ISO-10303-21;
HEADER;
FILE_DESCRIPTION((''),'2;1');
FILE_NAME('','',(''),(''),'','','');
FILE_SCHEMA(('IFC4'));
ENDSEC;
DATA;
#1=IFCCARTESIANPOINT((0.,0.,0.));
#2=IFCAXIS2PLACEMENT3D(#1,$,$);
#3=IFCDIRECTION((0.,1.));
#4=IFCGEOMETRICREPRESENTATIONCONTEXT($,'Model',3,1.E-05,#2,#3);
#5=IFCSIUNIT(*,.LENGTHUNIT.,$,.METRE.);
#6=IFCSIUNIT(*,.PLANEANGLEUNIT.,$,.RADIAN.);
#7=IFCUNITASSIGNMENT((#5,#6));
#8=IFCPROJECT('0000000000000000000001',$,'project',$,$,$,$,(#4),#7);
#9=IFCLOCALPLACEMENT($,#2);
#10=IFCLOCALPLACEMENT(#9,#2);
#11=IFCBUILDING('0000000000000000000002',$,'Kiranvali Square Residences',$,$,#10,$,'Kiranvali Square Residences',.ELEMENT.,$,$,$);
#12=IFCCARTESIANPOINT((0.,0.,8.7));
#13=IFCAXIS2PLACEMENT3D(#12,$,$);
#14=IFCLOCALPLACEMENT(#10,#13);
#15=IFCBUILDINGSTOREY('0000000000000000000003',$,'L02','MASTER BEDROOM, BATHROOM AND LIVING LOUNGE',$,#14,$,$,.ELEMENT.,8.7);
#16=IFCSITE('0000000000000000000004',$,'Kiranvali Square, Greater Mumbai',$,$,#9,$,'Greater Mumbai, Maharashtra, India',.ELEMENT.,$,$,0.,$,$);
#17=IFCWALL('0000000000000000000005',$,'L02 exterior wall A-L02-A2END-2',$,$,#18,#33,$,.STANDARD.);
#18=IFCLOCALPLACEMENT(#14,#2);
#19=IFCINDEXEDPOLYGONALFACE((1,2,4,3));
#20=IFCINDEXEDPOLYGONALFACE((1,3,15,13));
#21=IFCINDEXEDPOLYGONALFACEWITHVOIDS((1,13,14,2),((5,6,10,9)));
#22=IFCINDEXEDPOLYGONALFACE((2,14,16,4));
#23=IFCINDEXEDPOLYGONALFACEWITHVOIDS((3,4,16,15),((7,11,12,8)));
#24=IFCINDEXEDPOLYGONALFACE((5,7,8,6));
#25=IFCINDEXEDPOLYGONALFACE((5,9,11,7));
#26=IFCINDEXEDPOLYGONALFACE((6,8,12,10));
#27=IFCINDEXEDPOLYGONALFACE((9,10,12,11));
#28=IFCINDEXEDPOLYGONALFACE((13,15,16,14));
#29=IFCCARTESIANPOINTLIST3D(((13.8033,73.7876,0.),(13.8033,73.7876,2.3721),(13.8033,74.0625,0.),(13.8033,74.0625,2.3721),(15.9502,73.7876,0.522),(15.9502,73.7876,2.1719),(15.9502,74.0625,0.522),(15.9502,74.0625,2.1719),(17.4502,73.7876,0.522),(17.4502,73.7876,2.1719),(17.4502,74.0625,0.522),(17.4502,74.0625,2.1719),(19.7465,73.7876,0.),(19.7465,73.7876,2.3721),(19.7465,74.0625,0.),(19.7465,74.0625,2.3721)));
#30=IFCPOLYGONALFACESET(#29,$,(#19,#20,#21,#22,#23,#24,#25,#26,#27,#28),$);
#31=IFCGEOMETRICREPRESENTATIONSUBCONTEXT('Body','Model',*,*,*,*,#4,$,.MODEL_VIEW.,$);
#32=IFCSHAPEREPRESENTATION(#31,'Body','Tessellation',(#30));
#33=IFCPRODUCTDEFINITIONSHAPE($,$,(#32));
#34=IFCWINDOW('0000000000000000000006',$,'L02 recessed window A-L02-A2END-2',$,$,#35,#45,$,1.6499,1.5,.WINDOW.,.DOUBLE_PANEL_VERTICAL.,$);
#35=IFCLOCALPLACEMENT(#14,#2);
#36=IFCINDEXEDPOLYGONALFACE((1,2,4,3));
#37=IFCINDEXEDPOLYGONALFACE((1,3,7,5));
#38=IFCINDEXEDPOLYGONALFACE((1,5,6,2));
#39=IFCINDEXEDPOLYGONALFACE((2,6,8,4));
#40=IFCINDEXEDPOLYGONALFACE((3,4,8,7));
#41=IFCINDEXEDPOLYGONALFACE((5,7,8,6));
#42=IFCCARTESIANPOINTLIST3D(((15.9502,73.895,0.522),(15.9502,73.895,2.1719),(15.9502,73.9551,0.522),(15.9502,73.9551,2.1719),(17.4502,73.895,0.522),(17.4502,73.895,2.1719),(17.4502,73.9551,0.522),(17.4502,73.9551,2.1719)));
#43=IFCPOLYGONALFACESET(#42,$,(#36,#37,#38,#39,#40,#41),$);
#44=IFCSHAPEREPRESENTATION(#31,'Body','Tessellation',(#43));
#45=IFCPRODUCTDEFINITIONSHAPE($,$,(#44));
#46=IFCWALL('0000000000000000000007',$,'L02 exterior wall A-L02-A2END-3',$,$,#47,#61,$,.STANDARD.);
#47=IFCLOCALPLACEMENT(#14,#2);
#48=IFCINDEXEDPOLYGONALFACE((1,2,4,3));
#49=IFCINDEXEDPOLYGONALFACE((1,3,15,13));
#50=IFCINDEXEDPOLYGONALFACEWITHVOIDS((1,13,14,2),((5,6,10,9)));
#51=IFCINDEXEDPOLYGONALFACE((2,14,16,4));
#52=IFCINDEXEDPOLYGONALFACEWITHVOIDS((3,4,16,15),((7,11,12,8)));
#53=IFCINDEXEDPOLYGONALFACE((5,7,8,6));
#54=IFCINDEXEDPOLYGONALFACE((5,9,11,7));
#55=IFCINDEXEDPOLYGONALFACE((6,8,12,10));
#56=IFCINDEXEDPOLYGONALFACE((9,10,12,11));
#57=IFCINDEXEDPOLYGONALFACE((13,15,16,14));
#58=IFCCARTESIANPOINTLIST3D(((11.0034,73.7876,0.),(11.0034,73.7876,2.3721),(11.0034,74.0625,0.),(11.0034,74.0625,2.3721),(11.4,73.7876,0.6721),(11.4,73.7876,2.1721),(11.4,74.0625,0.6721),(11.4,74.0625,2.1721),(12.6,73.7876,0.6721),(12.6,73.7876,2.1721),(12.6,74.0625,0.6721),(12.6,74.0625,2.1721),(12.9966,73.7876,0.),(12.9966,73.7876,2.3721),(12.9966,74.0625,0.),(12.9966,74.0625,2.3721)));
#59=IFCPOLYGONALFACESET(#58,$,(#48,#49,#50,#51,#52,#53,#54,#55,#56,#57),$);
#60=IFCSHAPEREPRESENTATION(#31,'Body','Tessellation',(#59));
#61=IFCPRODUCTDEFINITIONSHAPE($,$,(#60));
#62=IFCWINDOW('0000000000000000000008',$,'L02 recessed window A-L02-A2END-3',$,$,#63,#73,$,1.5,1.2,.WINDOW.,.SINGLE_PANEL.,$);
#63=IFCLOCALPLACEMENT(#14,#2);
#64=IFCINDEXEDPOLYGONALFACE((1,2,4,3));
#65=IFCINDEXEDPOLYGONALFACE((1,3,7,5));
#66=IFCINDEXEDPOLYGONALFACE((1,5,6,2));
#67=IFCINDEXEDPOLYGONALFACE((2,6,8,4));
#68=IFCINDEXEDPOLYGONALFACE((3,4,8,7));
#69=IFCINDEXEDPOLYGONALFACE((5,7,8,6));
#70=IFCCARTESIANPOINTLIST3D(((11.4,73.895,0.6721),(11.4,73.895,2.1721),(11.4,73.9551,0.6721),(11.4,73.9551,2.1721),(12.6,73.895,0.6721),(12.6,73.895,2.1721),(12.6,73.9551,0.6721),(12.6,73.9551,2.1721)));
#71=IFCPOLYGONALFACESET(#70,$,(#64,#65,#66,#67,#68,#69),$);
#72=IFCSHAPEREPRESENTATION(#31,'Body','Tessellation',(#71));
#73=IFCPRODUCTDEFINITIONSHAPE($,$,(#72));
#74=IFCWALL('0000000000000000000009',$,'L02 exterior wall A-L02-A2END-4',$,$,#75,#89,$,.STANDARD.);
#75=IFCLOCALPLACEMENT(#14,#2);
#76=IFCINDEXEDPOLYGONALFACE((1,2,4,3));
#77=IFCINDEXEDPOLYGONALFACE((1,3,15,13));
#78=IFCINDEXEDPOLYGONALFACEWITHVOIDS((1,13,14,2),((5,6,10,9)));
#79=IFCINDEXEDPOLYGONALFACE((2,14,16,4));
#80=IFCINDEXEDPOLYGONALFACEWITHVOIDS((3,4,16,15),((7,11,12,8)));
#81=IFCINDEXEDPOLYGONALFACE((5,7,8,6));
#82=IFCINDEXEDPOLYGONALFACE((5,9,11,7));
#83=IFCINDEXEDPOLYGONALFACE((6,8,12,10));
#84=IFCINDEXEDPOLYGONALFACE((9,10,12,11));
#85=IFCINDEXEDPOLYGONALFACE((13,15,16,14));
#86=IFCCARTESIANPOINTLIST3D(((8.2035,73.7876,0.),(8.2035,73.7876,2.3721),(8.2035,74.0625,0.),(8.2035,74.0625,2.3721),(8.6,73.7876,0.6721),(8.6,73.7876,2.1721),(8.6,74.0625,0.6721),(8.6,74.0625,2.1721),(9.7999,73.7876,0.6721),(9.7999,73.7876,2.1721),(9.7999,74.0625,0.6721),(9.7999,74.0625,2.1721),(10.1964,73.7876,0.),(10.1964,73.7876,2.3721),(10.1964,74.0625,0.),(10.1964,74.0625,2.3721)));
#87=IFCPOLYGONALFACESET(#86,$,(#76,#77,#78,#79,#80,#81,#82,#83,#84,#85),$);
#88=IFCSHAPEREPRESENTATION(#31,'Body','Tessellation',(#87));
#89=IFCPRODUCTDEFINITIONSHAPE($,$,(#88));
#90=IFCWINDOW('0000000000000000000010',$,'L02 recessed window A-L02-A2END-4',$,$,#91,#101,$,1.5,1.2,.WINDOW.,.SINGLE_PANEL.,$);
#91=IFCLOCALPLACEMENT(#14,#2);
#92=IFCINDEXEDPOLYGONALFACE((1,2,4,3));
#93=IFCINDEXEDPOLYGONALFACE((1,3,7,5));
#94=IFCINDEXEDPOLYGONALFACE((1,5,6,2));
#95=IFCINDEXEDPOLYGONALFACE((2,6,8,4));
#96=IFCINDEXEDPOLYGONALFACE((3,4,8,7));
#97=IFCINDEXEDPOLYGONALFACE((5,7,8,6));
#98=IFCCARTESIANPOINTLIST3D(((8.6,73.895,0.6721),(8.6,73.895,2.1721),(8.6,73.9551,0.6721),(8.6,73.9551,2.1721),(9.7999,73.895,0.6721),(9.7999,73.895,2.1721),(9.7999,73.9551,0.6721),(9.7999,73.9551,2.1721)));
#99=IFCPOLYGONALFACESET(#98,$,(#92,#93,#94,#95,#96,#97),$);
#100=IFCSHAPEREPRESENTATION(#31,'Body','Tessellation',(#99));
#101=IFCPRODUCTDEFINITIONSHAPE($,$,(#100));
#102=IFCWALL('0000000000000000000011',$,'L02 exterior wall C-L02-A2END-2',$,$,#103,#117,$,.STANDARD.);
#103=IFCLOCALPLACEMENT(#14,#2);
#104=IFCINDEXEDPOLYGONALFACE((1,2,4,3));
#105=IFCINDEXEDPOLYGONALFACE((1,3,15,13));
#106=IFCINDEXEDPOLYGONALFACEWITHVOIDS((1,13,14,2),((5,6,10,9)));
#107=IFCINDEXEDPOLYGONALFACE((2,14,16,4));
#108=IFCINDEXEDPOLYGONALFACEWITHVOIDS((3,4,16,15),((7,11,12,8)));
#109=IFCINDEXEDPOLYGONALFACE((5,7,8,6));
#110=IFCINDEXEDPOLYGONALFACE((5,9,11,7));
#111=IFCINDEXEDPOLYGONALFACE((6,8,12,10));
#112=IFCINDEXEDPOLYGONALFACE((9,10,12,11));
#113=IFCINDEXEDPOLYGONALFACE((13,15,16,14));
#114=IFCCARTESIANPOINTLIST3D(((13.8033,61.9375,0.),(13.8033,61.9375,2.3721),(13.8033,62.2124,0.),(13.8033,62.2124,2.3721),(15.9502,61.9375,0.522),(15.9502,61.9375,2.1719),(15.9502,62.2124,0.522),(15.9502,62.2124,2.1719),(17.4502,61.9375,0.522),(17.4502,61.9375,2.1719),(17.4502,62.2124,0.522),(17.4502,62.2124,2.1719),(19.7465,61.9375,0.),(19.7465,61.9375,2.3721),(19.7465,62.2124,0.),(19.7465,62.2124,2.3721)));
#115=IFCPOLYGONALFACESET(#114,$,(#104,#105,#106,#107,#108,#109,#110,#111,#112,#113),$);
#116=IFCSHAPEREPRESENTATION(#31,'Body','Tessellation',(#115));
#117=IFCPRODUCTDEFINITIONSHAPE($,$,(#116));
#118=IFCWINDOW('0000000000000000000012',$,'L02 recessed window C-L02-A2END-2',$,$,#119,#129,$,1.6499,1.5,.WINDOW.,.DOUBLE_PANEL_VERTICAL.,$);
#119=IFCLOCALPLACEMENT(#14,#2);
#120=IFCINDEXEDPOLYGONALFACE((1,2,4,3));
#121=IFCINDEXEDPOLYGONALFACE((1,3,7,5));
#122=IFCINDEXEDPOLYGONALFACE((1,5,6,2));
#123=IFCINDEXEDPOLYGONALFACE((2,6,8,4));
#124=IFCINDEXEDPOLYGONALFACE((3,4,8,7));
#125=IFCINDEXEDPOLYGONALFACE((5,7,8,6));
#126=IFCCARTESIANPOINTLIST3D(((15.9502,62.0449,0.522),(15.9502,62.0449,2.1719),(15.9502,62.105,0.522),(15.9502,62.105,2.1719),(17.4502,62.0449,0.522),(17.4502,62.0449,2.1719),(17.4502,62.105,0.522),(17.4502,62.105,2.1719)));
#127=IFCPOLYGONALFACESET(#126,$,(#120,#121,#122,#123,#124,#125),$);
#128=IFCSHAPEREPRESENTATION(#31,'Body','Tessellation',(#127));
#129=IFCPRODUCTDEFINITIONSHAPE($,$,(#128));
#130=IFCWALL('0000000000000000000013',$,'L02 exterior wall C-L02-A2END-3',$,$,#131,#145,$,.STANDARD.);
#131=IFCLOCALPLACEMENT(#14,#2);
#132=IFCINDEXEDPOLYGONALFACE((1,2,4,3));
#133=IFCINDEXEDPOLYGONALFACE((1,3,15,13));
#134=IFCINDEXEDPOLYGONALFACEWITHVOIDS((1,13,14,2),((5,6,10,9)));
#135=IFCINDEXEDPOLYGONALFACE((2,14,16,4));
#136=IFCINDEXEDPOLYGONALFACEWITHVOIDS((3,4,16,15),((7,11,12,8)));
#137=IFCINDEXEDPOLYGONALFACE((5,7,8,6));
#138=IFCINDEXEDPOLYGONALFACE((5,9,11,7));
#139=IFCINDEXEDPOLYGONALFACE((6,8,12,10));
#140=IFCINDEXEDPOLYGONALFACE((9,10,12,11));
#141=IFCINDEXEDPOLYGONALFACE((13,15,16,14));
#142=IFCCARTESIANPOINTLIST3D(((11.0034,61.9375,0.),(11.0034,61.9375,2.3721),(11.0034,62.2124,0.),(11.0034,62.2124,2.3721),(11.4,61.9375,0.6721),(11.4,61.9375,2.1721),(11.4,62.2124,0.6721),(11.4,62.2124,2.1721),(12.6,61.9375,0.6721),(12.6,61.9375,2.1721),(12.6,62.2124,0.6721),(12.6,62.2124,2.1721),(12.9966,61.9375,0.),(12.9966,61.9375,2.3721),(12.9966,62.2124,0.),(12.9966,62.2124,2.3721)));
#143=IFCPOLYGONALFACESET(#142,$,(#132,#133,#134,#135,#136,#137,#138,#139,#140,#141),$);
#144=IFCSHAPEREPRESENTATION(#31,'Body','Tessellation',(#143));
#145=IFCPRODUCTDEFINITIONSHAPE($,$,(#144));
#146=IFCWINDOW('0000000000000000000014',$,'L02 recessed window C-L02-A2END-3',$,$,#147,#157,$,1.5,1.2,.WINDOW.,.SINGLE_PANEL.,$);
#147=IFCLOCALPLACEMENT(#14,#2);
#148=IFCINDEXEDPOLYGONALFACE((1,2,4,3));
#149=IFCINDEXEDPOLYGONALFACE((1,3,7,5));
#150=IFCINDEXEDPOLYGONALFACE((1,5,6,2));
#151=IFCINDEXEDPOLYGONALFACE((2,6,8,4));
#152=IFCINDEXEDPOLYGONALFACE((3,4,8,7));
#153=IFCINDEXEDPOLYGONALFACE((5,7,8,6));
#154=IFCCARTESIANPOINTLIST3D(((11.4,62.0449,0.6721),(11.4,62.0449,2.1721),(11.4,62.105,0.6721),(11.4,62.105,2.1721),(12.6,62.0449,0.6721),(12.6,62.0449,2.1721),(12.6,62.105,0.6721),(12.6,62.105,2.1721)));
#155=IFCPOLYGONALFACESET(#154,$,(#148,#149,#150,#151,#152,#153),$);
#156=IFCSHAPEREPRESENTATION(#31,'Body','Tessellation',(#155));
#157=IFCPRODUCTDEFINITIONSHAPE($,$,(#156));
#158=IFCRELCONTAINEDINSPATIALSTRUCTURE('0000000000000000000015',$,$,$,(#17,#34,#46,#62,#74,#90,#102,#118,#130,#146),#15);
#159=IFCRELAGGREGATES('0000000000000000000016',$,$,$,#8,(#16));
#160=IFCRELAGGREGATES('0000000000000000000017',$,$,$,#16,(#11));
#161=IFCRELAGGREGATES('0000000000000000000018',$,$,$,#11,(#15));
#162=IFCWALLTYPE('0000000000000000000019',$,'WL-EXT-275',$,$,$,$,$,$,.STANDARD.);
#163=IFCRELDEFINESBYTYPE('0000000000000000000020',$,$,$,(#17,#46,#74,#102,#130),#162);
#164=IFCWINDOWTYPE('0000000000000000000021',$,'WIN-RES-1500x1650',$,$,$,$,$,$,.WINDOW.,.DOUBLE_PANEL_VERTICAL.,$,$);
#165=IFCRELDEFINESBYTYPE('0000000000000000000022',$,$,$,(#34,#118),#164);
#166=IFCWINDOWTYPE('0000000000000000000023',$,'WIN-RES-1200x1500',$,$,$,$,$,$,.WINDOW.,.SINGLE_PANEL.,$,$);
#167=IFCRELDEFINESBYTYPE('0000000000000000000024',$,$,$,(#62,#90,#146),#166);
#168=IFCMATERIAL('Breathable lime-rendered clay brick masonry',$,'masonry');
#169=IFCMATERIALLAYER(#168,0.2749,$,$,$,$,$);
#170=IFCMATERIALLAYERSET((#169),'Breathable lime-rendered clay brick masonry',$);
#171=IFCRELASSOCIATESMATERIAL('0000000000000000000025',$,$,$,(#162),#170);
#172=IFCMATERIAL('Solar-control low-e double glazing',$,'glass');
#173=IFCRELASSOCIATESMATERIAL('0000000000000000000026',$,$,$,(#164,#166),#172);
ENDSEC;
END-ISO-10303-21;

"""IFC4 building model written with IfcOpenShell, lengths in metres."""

from ifc_helpers import new_model, si_unit, direction, frame, frame_2d, origin, place, context, subcontext, project, spatial, rectangle, extrude, material, layer, layer_set, type_object, element, fill, save


model = new_model("IFC4")

# Units and contexts
model_context = context("Model", 3, precision=1e-05, world=origin(), true_north=direction((0.0, 1.0)))
body_context = subcontext(model_context, "Body", "Model", "MODEL_VIEW")
ifc_project = project(units=[si_unit("LENGTHUNIT", "METRE"), si_unit("PLANEANGLEUNIT", "RADIAN")], contexts=[model_context])

# Site, building, storey
site_placement = place(None, origin())
site = spatial("IfcSite", under=ifc_project, at=site_placement, Name="Kiranvali Square, Greater Mumbai", LongName="Greater Mumbai, Maharashtra, India", CompositionType="ELEMENT", RefElevation=0.0)
building_placement = place(site_placement, origin())
building = spatial("IfcBuilding", under=site, at=building_placement, Name="Kiranvali Square Residences", LongName="Kiranvali Square Residences", CompositionType="ELEMENT")
storey_placement = place(building_placement, frame((0.0, 0.0, 8.7)))
storey = spatial("IfcBuildingStorey", under=building, at=storey_placement, Name="L02", Description="MASTER BEDROOM, BATHROOM AND LIVING LOUNGE", CompositionType="ELEMENT", Elevation=8.7)

# Walls, openings, windows
ifc_material_1 = material(Name="Breathable lime-rendered clay brick masonry", Category="masonry")
ifc_layer_1 = layer(ifc_material_1, 0.2749)
ifc_layer_set_1 = layer_set([ifc_layer_1], Name="Breathable lime-rendered clay brick masonry")
wall_type_1 = type_object("IfcWallType", Name="WL-EXT-275", PredefinedType="STANDARD", material=ifc_layer_set_1)
wall_1_placement = place(storey_placement, frame((19.7466, 73.925, 0.0), z_axis=(0.0, 0.0, 1.0), x_axis=(-1.0, 0.0, 0.0)))
wall_1 = element("IfcWall", 1, at=wall_1_placement, inside=storey, type_object=wall_type_1, Name="L02 exterior wall A-L02-A2END-2", PredefinedType="STANDARD", context=body_context, shape_type="SweptSolid", body=[
    extrude(rectangle(XDim=5.9431, YDim=0.2749, at=frame_2d((2.9717, 0.0))), origin(), (0.0, 0.0, 1.0), 2.3721),
])
opening_1_placement = place(wall_1_placement, frame((2.2964, 0.0, 0.522)))
opening_1 = element("IfcOpeningElement", 2, at=opening_1_placement, cuts=wall_1, PredefinedType="OPENING", context=body_context, shape_type="SweptSolid", body=[
    extrude(rectangle(XDim=1.5, YDim=1.6499, at=frame_2d((0.75, 0.825))), frame((0.0, 0.1475, 0.0), z_axis=(0.0, -1.0, 0.0), x_axis=(1.0, 0.0, 0.0)), (0.0, 0.0, 1.0), 0.2949),
])
ifc_material_2 = material(Name="Solar-control low-e double glazing", Category="glass")
window_type_1 = type_object("IfcWindowType", Name="WIN-RES-1500x1650", PartitioningType="DOUBLE_PANEL_VERTICAL", PredefinedType="WINDOW", material=ifc_material_2)
window_1_placement = place(opening_1_placement, origin())
window_1 = element("IfcWindow", 3, at=window_1_placement, inside=storey, type_object=window_type_1, Name="L02 recessed window A-L02-A2END-2", OverallHeight=1.6499, OverallWidth=1.5, PartitioningType="DOUBLE_PANEL_VERTICAL", PredefinedType="WINDOW", context=body_context, shape_type="SweptSolid", body=[
    extrude(rectangle(XDim=1.5, YDim=1.6499, at=frame_2d((0.75, 0.825))), frame((0.0, 0.03, 0.0), z_axis=(0.0, -1.0, 0.0), x_axis=(1.0, 0.0, 0.0)), (0.0, 0.0, 1.0), 0.0601),
])
fill(opening_1, window_1)
wall_2_placement = place(storey_placement, frame((12.9966, 73.925, 0.0), z_axis=(0.0, 0.0, 1.0), x_axis=(-1.0, 0.0, 0.0)))
wall_2 = element("IfcWall", 4, at=wall_2_placement, inside=storey, type_object=wall_type_1, Name="L02 exterior wall A-L02-A2END-3", PredefinedType="STANDARD", context=body_context, shape_type="SweptSolid", body=[
    extrude(rectangle(XDim=1.9932, YDim=0.2749, at=frame_2d((0.9966, 0.0))), origin(), (0.0, 0.0, 1.0), 2.3721),
])
opening_2_placement = place(wall_2_placement, frame((0.3965, 0.0, 0.6721)))
opening_2 = element("IfcOpeningElement", 5, at=opening_2_placement, cuts=wall_2, PredefinedType="OPENING", context=body_context, shape_type="SweptSolid", body=[
    extrude(rectangle(XDim=1.2, YDim=1.5, at=frame_2d((0.6001, 0.75))), frame((0.0, 0.1475, 0.0), z_axis=(0.0, -1.0, 0.0), x_axis=(1.0, 0.0, 0.0)), (0.0, 0.0, 1.0), 0.2949),
])
window_type_2 = type_object("IfcWindowType", Name="WIN-RES-1200x1500", PartitioningType="SINGLE_PANEL", PredefinedType="WINDOW", material=ifc_material_2)
window_2_placement = place(opening_2_placement, origin())
window_2 = element("IfcWindow", 6, at=window_2_placement, inside=storey, type_object=window_type_2, Name="L02 recessed window A-L02-A2END-3", OverallHeight=1.5, OverallWidth=1.2, PartitioningType="SINGLE_PANEL", PredefinedType="WINDOW", context=body_context, shape_type="SweptSolid", body=[
    extrude(rectangle(XDim=1.2, YDim=1.5, at=frame_2d((0.6001, 0.75))), frame((0.0, 0.03, 0.0), z_axis=(0.0, -1.0, 0.0), x_axis=(1.0, 0.0, 0.0)), (0.0, 0.0, 1.0), 0.0601),
])
fill(opening_2, window_2)
wall_3_placement = place(storey_placement, frame((10.1965, 73.925, 0.0), z_axis=(0.0, 0.0, 1.0), x_axis=(-1.0, 0.0, 0.0)))
wall_3 = element("IfcWall", 7, at=wall_3_placement, inside=storey, type_object=wall_type_1, Name="L02 exterior wall A-L02-A2END-4", PredefinedType="STANDARD", context=body_context, shape_type="SweptSolid", body=[
    extrude(rectangle(XDim=1.9929, YDim=0.2749, at=frame_2d((0.9966, 0.0))), origin(), (0.0, 0.0, 1.0), 2.3721),
])
opening_3_placement = place(wall_3_placement, frame((0.3965, 0.0, 0.6721)))
opening_3 = element("IfcOpeningElement", 8, at=opening_3_placement, cuts=wall_3, PredefinedType="OPENING", context=body_context, shape_type="SweptSolid", body=[
    extrude(rectangle(XDim=1.2, YDim=1.5, at=frame_2d((0.6001, 0.75))), frame((0.0, 0.1475, 0.0), z_axis=(0.0, -1.0, 0.0), x_axis=(1.0, 0.0, 0.0)), (0.0, 0.0, 1.0), 0.2949),
])
window_3_placement = place(opening_3_placement, origin())
window_3 = element("IfcWindow", 9, at=window_3_placement, inside=storey, type_object=window_type_2, Name="L02 recessed window A-L02-A2END-4", OverallHeight=1.5, OverallWidth=1.2, PartitioningType="SINGLE_PANEL", PredefinedType="WINDOW", context=body_context, shape_type="SweptSolid", body=[
    extrude(rectangle(XDim=1.2, YDim=1.5, at=frame_2d((0.6001, 0.75))), frame((0.0, 0.03, 0.0), z_axis=(0.0, -1.0, 0.0), x_axis=(1.0, 0.0, 0.0)), (0.0, 0.0, 1.0), 0.0601),
])
fill(opening_3, window_3)
wall_4_placement = place(storey_placement, frame((19.7466, 62.075, 0.0), z_axis=(0.0, 0.0, 1.0), x_axis=(-1.0, 0.0, 0.0)))
wall_4 = element("IfcWall", 10, at=wall_4_placement, inside=storey, type_object=wall_type_1, Name="L02 exterior wall C-L02-A2END-2", PredefinedType="STANDARD", context=body_context, shape_type="SweptSolid", body=[
    extrude(rectangle(XDim=5.9431, YDim=0.2749, at=frame_2d((2.9717, 0.0))), origin(), (0.0, 0.0, 1.0), 2.3721),
])
opening_4_placement = place(wall_4_placement, frame((2.2964, 0.0, 0.522)))
opening_4 = element("IfcOpeningElement", 11, at=opening_4_placement, cuts=wall_4, PredefinedType="OPENING", context=body_context, shape_type="SweptSolid", body=[
    extrude(rectangle(XDim=1.5, YDim=1.6499, at=frame_2d((0.75, 0.825))), frame((0.0, 0.1475, 0.0), z_axis=(0.0, -1.0, 0.0), x_axis=(1.0, 0.0, 0.0)), (0.0, 0.0, 1.0), 0.2949),
])
window_4_placement = place(opening_4_placement, origin())
window_4 = element("IfcWindow", 12, at=window_4_placement, inside=storey, type_object=window_type_1, Name="L02 recessed window C-L02-A2END-2", OverallHeight=1.6499, OverallWidth=1.5, PartitioningType="DOUBLE_PANEL_VERTICAL", PredefinedType="WINDOW", context=body_context, shape_type="SweptSolid", body=[
    extrude(rectangle(XDim=1.5, YDim=1.6499, at=frame_2d((0.75, 0.825))), frame((0.0, 0.03, 0.0), z_axis=(0.0, -1.0, 0.0), x_axis=(1.0, 0.0, 0.0)), (0.0, 0.0, 1.0), 0.0601),
])
fill(opening_4, window_4)
wall_5_placement = place(storey_placement, frame((12.9966, 62.075, 0.0), z_axis=(0.0, 0.0, 1.0), x_axis=(-1.0, 0.0, 0.0)))
wall_5 = element("IfcWall", 13, at=wall_5_placement, inside=storey, type_object=wall_type_1, Name="L02 exterior wall C-L02-A2END-3", PredefinedType="STANDARD", context=body_context, shape_type="SweptSolid", body=[
    extrude(rectangle(XDim=1.9932, YDim=0.2749, at=frame_2d((0.9966, 0.0))), origin(), (0.0, 0.0, 1.0), 2.3721),
])
opening_5_placement = place(wall_5_placement, frame((0.3965, 0.0, 0.6721)))
opening_5 = element("IfcOpeningElement", 14, at=opening_5_placement, cuts=wall_5, PredefinedType="OPENING", context=body_context, shape_type="SweptSolid", body=[
    extrude(rectangle(XDim=1.2, YDim=1.5, at=frame_2d((0.6001, 0.75))), frame((0.0, 0.1475, 0.0), z_axis=(0.0, -1.0, 0.0), x_axis=(1.0, 0.0, 0.0)), (0.0, 0.0, 1.0), 0.2949),
])
window_5_placement = place(opening_5_placement, origin())
window_5 = element("IfcWindow", 15, at=window_5_placement, inside=storey, type_object=window_type_2, Name="L02 recessed window C-L02-A2END-3", OverallHeight=1.5, OverallWidth=1.2, PartitioningType="SINGLE_PANEL", PredefinedType="WINDOW", context=body_context, shape_type="SweptSolid", body=[
    extrude(rectangle(XDim=1.2, YDim=1.5, at=frame_2d((0.6001, 0.75))), frame((0.0, 0.03, 0.0), z_axis=(0.0, -1.0, 0.0), x_axis=(1.0, 0.0, 0.0)), (0.0, 0.0, 1.0), 0.0601),
])
fill(opening_5, window_5)

save(model, "model.ifc")
